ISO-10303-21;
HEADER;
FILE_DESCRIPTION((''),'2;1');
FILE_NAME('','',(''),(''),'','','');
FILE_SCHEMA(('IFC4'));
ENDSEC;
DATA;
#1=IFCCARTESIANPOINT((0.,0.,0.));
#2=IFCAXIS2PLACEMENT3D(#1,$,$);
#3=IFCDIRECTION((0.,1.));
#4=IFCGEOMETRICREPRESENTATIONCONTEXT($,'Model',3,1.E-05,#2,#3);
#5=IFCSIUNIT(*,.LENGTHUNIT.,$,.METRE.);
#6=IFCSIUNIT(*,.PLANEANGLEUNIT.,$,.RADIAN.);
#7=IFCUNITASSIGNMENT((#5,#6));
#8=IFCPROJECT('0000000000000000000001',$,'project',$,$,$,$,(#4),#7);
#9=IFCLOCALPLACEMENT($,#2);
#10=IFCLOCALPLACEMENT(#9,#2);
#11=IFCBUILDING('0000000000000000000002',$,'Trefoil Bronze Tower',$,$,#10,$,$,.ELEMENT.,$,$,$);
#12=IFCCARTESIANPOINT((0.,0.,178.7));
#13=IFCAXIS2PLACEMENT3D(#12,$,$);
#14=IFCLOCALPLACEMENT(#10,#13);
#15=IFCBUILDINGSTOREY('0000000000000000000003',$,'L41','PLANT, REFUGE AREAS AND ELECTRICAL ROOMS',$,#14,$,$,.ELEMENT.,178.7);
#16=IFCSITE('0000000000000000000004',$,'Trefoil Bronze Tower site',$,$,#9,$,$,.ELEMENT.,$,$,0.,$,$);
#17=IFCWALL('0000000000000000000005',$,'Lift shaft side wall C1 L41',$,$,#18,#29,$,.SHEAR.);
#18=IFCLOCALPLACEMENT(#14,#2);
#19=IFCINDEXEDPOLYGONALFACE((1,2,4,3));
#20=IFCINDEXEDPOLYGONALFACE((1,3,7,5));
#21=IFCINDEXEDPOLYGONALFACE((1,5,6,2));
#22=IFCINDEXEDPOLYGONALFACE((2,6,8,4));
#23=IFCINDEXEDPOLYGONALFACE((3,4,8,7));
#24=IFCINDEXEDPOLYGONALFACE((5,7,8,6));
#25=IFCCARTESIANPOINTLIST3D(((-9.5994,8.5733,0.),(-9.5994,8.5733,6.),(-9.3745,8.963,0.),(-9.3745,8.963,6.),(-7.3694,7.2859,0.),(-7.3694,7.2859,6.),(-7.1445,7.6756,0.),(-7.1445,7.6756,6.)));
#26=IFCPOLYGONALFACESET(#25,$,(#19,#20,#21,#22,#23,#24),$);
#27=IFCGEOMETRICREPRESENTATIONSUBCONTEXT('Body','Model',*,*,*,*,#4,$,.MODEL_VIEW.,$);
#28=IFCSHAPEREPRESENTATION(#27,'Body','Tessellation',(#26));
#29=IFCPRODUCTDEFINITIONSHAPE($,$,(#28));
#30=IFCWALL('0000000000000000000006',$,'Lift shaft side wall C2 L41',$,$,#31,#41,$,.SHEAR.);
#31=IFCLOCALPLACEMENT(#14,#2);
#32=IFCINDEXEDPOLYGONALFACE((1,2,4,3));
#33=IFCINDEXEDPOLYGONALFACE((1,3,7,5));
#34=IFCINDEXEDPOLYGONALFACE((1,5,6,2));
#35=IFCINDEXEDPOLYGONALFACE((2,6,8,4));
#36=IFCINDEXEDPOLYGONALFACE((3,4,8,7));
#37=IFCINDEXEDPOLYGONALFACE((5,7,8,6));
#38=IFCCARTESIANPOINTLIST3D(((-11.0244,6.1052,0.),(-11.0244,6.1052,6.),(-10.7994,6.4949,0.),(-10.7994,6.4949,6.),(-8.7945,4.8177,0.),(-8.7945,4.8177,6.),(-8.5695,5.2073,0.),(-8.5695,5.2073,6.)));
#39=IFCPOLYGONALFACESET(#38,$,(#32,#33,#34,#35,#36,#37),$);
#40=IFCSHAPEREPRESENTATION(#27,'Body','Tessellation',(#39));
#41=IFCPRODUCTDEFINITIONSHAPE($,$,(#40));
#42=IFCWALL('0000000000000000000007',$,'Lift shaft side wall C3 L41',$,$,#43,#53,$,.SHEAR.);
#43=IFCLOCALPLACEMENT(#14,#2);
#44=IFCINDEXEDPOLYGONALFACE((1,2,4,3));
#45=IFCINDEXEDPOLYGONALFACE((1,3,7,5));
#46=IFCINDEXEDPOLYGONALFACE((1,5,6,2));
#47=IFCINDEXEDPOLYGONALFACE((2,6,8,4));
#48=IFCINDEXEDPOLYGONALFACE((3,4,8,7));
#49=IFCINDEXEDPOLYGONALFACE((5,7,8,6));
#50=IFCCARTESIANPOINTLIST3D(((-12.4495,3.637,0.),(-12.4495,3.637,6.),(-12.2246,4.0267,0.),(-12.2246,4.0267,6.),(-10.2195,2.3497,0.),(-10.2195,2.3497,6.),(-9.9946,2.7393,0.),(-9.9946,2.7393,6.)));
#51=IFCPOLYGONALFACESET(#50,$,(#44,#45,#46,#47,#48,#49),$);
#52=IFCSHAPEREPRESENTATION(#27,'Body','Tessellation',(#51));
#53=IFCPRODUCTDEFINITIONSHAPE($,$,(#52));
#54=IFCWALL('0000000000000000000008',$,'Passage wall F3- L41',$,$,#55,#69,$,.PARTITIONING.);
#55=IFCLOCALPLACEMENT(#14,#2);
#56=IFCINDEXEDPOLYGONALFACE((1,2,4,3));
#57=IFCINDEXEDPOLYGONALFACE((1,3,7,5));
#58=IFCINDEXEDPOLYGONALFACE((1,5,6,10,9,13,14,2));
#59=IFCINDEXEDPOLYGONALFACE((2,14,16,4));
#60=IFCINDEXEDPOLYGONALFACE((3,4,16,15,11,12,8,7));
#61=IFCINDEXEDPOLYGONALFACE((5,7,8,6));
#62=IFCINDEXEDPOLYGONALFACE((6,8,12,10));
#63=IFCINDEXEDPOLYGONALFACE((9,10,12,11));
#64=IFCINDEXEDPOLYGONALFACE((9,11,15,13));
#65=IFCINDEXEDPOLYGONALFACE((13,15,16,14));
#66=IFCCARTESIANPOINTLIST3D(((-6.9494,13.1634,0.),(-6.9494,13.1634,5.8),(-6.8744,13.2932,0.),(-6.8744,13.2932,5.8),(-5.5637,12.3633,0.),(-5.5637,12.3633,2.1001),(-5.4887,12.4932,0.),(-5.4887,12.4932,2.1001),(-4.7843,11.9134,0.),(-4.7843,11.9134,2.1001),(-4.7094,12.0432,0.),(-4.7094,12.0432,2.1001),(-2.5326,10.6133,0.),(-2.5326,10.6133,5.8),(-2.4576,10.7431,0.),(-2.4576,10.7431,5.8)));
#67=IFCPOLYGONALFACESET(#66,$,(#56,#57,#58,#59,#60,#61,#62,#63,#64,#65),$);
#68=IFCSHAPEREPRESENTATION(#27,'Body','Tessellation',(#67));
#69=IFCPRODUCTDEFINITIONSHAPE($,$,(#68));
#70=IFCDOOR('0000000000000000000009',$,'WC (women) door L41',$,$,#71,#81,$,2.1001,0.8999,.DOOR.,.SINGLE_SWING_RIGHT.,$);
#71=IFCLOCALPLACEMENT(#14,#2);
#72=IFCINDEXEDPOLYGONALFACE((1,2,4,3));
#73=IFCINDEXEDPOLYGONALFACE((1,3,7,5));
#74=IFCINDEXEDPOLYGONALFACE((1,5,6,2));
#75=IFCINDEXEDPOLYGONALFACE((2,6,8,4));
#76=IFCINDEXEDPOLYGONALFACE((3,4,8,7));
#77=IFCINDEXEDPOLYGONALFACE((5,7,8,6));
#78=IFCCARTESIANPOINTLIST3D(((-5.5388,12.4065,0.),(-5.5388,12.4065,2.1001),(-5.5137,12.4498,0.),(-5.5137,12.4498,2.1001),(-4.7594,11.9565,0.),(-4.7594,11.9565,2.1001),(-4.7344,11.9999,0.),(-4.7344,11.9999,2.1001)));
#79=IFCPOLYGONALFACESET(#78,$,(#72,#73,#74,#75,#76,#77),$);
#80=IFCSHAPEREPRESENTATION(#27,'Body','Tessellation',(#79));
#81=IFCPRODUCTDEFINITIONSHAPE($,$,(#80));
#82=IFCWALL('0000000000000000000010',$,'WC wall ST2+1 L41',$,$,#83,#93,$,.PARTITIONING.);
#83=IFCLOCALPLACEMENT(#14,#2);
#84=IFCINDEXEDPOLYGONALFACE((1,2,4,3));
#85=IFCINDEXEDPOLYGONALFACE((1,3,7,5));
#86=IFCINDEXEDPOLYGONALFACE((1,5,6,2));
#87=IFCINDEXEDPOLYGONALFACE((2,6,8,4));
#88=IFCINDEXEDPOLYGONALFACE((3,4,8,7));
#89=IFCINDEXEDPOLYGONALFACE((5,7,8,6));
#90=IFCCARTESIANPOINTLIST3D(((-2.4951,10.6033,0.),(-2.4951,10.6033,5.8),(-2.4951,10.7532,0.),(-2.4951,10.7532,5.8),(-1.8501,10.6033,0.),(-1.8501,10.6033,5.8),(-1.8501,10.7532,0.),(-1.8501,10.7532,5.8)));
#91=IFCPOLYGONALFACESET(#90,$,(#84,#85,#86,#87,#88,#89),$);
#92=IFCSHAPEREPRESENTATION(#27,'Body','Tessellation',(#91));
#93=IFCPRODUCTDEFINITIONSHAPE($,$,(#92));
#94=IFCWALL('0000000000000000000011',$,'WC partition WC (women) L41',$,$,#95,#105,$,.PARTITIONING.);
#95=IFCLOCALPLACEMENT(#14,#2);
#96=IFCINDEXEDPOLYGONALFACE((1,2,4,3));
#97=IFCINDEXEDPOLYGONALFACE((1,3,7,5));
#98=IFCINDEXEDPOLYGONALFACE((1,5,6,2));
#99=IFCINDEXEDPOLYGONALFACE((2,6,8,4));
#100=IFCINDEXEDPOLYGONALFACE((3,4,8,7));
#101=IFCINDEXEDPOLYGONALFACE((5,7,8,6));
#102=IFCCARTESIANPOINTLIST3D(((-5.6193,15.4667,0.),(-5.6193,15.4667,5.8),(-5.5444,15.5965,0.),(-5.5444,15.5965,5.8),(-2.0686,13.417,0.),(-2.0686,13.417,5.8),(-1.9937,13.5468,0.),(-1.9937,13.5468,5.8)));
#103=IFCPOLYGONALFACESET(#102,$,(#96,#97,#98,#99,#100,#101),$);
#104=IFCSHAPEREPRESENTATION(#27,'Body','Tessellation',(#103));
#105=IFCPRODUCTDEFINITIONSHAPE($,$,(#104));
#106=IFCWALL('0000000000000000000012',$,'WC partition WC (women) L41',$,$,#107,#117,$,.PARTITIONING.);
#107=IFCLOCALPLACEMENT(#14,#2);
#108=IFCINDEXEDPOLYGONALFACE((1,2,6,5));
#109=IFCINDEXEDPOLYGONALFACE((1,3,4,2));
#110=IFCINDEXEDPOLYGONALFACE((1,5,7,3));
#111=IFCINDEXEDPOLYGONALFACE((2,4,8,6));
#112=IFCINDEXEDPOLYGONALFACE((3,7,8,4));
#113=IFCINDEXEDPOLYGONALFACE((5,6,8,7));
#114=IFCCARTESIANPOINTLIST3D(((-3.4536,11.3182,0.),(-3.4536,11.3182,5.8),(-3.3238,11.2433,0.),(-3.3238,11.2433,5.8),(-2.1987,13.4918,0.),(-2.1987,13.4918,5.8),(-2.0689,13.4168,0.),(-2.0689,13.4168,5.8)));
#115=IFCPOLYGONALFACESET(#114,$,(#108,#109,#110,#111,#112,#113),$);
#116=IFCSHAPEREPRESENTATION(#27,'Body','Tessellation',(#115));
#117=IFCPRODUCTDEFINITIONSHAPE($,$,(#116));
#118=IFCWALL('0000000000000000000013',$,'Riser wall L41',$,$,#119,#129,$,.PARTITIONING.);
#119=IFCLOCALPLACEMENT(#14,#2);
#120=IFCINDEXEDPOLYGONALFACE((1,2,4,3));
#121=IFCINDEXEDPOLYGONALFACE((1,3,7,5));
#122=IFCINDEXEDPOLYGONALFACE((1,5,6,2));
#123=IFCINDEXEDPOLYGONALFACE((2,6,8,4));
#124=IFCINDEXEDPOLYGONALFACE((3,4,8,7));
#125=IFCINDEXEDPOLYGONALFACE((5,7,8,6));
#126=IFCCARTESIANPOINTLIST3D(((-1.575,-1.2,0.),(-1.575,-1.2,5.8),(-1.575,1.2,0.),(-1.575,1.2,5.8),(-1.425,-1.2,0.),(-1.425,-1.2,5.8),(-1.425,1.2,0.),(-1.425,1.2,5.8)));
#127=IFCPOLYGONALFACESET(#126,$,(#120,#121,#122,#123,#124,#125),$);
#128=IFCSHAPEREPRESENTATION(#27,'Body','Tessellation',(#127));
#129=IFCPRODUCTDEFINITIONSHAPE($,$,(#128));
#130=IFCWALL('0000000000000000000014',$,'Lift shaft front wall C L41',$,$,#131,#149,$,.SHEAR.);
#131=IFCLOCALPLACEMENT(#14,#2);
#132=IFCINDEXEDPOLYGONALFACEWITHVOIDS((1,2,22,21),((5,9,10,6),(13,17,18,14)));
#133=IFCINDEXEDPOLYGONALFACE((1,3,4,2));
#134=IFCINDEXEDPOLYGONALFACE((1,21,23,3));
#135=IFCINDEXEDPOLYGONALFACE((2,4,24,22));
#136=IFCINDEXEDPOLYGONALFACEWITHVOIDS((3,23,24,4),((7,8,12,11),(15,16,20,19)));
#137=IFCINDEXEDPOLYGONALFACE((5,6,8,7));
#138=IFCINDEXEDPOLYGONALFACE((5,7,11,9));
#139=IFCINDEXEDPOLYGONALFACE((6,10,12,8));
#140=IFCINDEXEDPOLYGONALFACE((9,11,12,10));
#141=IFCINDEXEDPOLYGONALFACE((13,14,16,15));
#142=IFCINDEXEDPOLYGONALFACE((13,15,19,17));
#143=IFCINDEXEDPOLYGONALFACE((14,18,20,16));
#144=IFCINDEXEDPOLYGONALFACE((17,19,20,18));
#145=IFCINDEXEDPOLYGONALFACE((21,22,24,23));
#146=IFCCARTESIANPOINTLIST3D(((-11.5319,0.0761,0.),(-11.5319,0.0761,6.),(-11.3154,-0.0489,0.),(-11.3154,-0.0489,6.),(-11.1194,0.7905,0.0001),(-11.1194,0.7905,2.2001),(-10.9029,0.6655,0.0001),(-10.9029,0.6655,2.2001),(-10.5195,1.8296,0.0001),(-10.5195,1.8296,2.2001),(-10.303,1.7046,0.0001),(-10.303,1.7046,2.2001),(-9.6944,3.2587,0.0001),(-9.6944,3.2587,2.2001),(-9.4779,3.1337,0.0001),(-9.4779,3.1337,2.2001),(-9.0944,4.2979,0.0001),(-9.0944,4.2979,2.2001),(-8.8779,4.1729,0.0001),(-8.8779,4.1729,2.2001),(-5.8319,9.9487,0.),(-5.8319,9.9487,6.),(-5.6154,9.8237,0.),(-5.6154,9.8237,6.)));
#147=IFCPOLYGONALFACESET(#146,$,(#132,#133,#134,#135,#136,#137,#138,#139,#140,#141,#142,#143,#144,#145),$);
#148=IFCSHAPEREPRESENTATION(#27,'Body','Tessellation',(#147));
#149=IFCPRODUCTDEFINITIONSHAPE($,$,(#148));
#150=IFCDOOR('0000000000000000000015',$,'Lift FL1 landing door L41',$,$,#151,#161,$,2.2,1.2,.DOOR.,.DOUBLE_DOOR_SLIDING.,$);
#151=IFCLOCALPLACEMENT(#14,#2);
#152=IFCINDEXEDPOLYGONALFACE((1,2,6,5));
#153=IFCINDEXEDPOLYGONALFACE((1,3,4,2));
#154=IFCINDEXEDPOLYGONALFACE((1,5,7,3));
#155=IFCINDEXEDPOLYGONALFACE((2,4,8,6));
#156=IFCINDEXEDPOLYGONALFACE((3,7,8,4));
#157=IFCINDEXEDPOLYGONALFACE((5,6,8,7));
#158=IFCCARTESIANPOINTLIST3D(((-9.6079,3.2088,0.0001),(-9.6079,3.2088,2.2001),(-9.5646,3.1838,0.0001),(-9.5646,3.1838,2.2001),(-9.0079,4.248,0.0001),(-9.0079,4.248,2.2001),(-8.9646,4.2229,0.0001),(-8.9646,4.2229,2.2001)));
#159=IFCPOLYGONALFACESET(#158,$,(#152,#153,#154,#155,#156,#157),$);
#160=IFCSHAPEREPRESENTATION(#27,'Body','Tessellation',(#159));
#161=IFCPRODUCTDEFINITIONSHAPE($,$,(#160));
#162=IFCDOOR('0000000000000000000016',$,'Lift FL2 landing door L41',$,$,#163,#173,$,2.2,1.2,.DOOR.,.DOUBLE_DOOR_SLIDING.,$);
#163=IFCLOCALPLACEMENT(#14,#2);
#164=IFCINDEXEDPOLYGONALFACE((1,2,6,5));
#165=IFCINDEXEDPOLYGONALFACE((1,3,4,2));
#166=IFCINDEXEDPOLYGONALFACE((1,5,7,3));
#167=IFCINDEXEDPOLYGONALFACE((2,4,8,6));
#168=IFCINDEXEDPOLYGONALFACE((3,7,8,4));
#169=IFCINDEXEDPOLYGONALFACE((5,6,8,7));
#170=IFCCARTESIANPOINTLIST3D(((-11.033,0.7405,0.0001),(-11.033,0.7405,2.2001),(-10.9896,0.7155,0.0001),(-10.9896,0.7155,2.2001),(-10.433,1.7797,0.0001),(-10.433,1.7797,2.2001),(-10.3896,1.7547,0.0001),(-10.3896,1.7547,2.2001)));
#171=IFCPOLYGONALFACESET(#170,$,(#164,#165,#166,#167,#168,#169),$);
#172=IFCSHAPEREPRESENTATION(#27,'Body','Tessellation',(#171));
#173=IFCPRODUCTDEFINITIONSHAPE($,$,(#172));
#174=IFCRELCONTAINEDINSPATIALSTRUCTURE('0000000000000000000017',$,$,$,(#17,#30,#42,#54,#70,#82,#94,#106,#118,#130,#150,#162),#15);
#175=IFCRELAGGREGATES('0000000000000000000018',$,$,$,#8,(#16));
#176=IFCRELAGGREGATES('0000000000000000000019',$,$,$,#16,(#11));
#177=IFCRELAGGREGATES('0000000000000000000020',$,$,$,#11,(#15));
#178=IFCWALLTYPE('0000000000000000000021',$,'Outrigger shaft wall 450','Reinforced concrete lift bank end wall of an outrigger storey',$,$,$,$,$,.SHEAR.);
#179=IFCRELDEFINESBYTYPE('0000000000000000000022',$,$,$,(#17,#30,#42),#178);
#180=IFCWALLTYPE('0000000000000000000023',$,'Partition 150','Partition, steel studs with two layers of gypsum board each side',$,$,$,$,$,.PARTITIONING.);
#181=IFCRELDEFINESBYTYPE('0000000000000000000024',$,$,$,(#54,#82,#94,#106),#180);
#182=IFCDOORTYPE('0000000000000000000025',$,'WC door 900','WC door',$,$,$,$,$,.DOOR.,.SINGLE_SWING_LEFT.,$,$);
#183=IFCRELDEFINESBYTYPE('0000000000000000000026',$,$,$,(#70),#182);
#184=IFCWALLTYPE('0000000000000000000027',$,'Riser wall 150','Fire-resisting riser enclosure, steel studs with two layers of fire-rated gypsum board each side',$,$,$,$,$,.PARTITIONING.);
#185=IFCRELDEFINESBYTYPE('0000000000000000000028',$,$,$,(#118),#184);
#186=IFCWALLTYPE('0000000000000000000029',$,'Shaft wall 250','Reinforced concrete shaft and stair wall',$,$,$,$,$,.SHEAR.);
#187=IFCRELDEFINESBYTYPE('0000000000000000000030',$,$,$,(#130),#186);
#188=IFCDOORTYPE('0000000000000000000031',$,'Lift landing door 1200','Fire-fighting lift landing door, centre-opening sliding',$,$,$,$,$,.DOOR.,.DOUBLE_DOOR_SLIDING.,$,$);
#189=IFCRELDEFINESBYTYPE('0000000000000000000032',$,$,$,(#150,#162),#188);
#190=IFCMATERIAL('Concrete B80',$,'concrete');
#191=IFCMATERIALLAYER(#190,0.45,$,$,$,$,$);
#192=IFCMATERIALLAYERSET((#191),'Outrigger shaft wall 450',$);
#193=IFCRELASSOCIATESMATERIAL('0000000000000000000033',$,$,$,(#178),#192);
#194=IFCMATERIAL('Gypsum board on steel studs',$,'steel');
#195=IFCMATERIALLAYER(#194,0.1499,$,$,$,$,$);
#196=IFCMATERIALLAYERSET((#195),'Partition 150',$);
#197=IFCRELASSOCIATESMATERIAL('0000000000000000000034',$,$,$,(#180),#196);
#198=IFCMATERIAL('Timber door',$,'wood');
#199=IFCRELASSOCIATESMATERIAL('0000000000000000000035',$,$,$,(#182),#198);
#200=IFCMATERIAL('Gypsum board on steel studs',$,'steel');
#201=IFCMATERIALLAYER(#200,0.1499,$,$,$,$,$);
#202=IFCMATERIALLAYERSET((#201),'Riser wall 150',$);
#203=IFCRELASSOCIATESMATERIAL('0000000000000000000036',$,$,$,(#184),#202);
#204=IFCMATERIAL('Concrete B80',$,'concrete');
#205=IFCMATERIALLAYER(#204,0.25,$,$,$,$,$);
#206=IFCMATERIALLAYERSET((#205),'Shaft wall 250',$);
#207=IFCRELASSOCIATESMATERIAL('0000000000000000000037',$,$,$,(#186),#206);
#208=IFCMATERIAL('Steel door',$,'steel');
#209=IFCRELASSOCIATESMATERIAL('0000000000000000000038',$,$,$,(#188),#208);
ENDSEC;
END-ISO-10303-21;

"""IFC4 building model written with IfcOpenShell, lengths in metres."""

from ifc_helpers import new_model, si_unit, direction, frame, frame_2d, origin, place, context, subcontext, project, spatial, rectangle, extrude, material, layer, layer_set, type_object, element, fill, save


model = new_model("IFC4")

# Units and contexts
model_context = context("Model", 3, precision=1e-05, world=origin(), true_north=direction((0.0, 1.0)))
body_context = subcontext(model_context, "Body", "Model", "MODEL_VIEW")
ifc_project = project(units=[si_unit("LENGTHUNIT", "METRE"), si_unit("PLANEANGLEUNIT", "RADIAN")], contexts=[model_context])

# Site, building, storey
site_placement = place(None, origin())
site = spatial("IfcSite", under=ifc_project, at=site_placement, Name="Trefoil Bronze Tower site", CompositionType="ELEMENT", RefElevation=0.0)
building_placement = place(site_placement, origin())
building = spatial("IfcBuilding", under=site, at=building_placement, Name="Trefoil Bronze Tower", CompositionType="ELEMENT")
storey_placement = place(building_placement, frame((0.0, 0.0, 178.7)))
storey = spatial("IfcBuildingStorey", under=building, at=storey_placement, Name="L41", Description="PLANT, REFUGE AREAS AND ELECTRICAL ROOMS", CompositionType="ELEMENT", Elevation=178.7)

# Walls
ifc_material_1 = material(Name="Concrete B80", Category="concrete")
ifc_layer_1 = layer(ifc_material_1, 0.45)
ifc_layer_set_1 = layer_set([ifc_layer_1], Name="Outrigger shaft wall 450")
wall_type_1 = type_object("IfcWallType", Name="Outrigger shaft wall 450", Description="Reinforced concrete lift bank end wall of an outrigger storey", PredefinedType="SHEAR", material=ifc_layer_set_1)
for number, where, z_axis, x_axis, name in (
    (1, (-7.2568, 7.4807, 0.0), (0.0, 0.0, 1.0), (-0.866047, 0.499963, 0.0), "Lift shaft side wall C1 L41"),
    (2, (-8.6819, 5.0125, 0.0), (0.0, 0.0, 1.0), (-0.866006, 0.500034, 0.0), "Lift shaft side wall C2 L41"),
    (3, (-10.1069, 2.5444, 0.0), (0.0, 0.0, 1.0), (-0.866047, 0.499963, 0.0), "Lift shaft side wall C3 L41"),
):
    element("IfcWall", number, at=place(storey_placement, frame(where, z_axis=z_axis, x_axis=x_axis)), inside=storey, type_object=wall_type_1, Name=name, PredefinedType="SHEAR", context=body_context, shape_type="SweptSolid", body=[
        extrude(rectangle(XDim=2.575, YDim=0.45, at=frame_2d((1.2876, 0.0))), origin(), (0.0, 0.0, 1.0), 6.0),
    ])

# Wall, opening, door
ifc_material_2 = material(Name="Gypsum board on steel studs", Category="steel")
ifc_layer_2 = layer(ifc_material_2, 0.1499)
ifc_layer_set_2 = layer_set([ifc_layer_2], Name="Partition 150")
wall_type_2 = type_object("IfcWallType", Name="Partition 150", Description="Partition, steel studs with two layers of gypsum board each side", PredefinedType="PARTITIONING", material=ifc_layer_set_2)
wall_1_placement = place(storey_placement, frame((-2.4951, 10.6782, 0.0), z_axis=(0.0, 0.0, 1.0), x_axis=(-0.866022, 0.500006, 0.0)))
wall_1 = element("IfcWall", 4, at=wall_1_placement, inside=storey, type_object=wall_type_2, Name="Passage wall F3- L41", PredefinedType="PARTITIONING", context=body_context, shape_type="SweptSolid", body=[
    extrude(rectangle(XDim=5.1001, YDim=0.1499, at=frame_2d((2.55, 0.0))), origin(), (0.0, 0.0, 1.0), 5.8),
])
opening_1_placement = place(wall_1_placement, frame((2.6001, 0.0, 0.0)))
opening_1 = element("IfcOpeningElement", 5, at=opening_1_placement, cuts=wall_1, PredefinedType="OPENING", context=body_context, shape_type="SweptSolid", body=[
    extrude(rectangle(XDim=0.8999, YDim=2.1001, at=frame_2d((0.45, 1.05))), frame((0.0, 0.085, 0.0), z_axis=(0.0, -1.0, 0.0), x_axis=(1.0, 0.0, 0.0)), (0.0, 0.0, 1.0), 0.1699),
])
ifc_material_3 = material(Name="Timber door", Category="wood")
door_type_1 = type_object("IfcDoorType", Name="WC door 900", Description="WC door", OperationType="SINGLE_SWING_LEFT", PredefinedType="DOOR", material=ifc_material_3)
door_1_placement = place(opening_1_placement, frame((0.8999, 0.0, 0.0), z_axis=(0.0, 0.0, 1.0), x_axis=(-1.0, 0.0, 0.0)))
door_1 = element("IfcDoor", 6, at=door_1_placement, inside=storey, type_object=door_type_1, Name="WC (women) door L41", OperationType="SINGLE_SWING_RIGHT", OverallHeight=2.1001, OverallWidth=0.8999, PredefinedType="DOOR", context=body_context, shape_type="SweptSolid", body=[
    extrude(rectangle(XDim=0.8999, YDim=2.1001, at=frame_2d((0.45, 1.05))), frame((0.0, 0.0249, 0.0), z_axis=(0.0, -1.0, 0.0), x_axis=(1.0, 0.0, 0.0)), (0.0, 0.0, 1.0), 0.05),
])
fill(opening_1, door_1)

# Walls
wall_2_placement = place(storey_placement, frame((-2.4951, 10.6782, 0.0), z_axis=(0.0, 0.0, 1.0), x_axis=(1.0, 0.0, 0.0)))
element("IfcWall", 7, at=wall_2_placement, inside=storey, type_object=wall_type_2, Name="WC wall ST2+1 L41", PredefinedType="PARTITIONING", context=body_context, shape_type="SweptSolid", body=[
    extrude(rectangle(XDim=0.645, YDim=0.1499, at=frame_2d((0.3225, 0.0))), origin(), (0.0, 0.0, 1.0), 5.8),
])
wall_3_placement = place(storey_placement, frame((-2.0312, 13.4819, 0.0), z_axis=(0.0, 0.0, 1.0), x_axis=(-0.866051, 0.499956, 0.0)))
element("IfcWall", 8, at=wall_3_placement, inside=storey, type_object=wall_type_2, Name="WC partition WC (women) L41", PredefinedType="PARTITIONING", context=body_context, shape_type="SweptSolid", body=[
    extrude(rectangle(XDim=4.0999, YDim=0.1499, at=frame_2d((2.0498, 0.0))), origin(), (0.0, 0.0, 1.0), 5.8),
])
wall_4_placement = place(storey_placement, frame((-3.3887, 11.2808, 0.0), z_axis=(0.0, 0.0, 1.0), x_axis=(0.499989, 0.866032, 0.0)))
element("IfcWall", 9, at=wall_4_placement, inside=storey, type_object=wall_type_2, Name="WC partition WC (women) L41", PredefinedType="PARTITIONING", context=body_context, shape_type="SweptSolid", body=[
    extrude(rectangle(XDim=2.5098, YDim=0.1499, at=frame_2d((1.2549, 0.0))), origin(), (0.0, 0.0, 1.0), 5.8),
])
ifc_material_4 = material(Name="Gypsum board on steel studs", Category="steel")
ifc_layer_3 = layer(ifc_material_4, 0.1499)
ifc_layer_set_3 = layer_set([ifc_layer_3], Name="Riser wall 150")
wall_type_3 = type_object("IfcWallType", Name="Riser wall 150", Description="Fire-resisting riser enclosure, steel studs with two layers of fire-rated gypsum board each side", PredefinedType="PARTITIONING", material=ifc_layer_set_3)
wall_5_placement = place(storey_placement, frame((-1.5, 1.2, 0.0), z_axis=(0.0, 0.0, 1.0), x_axis=(0.0, -1.0, 0.0)))
element("IfcWall", 10, at=wall_5_placement, inside=storey, type_object=wall_type_3, Name="Riser wall L41", PredefinedType="PARTITIONING", context=body_context, shape_type="SweptSolid", body=[
    extrude(rectangle(XDim=2.3999, YDim=0.1499, at=frame_2d((1.2, 0.0))), origin(), (0.0, 0.0, 1.0), 5.8),
])

# Wall, openings, doors
ifc_material_5 = material(Name="Concrete B80", Category="concrete")
ifc_layer_4 = layer(ifc_material_5, 0.25)
ifc_layer_set_4 = layer_set([ifc_layer_4], Name="Shaft wall 250")
wall_type_4 = type_object("IfcWallType", Name="Shaft wall 250", Description="Reinforced concrete shaft and stair wall", PredefinedType="SHEAR", material=ifc_layer_set_4)
wall_6_placement = place(storey_placement, frame((-5.7236, 9.8862, 0.0), z_axis=(0.0, 0.0, 1.0), x_axis=(-0.500002, -0.866024, 0.0)))
wall_6 = element("IfcWall", 11, at=wall_6_placement, inside=storey, type_object=wall_type_4, Name="Lift shaft front wall C L41", PredefinedType="SHEAR", context=body_context, shape_type="SweptSolid", body=[
    extrude(rectangle(XDim=11.3999, YDim=0.25, at=frame_2d((5.7, 0.0))), origin(), (0.0, 0.0, 1.0), 6.0),
])
opening_2_placement = place(wall_6_placement, frame((6.5249, 0.0, 0.0)))
opening_2 = element("IfcOpeningElement", 12, at=opening_2_placement, cuts=wall_6, PredefinedType="OPENING", context=body_context, shape_type="SweptSolid", body=[
    extrude(rectangle(XDim=1.2, YDim=2.2, at=frame_2d((0.6001, 1.1001))), frame((0.0, 0.135, 0.0), z_axis=(0.0, -1.0, 0.0), x_axis=(1.0, 0.0, 0.0)), (0.0, 0.0, 1.0), 0.27),
])
opening_3_placement = place(wall_6_placement, frame((9.375, 0.0, 0.0)))
opening_3 = element("IfcOpeningElement", 13, at=opening_3_placement, cuts=wall_6, PredefinedType="OPENING", context=body_context, shape_type="SweptSolid", body=[
    extrude(rectangle(XDim=1.2, YDim=2.2, at=frame_2d((0.6001, 1.1001))), frame((0.0, 0.135, 0.0), z_axis=(0.0, -1.0, 0.0), x_axis=(1.0, 0.0, 0.0)), (0.0, 0.0, 1.0), 0.27),
])
ifc_material_6 = material(Name="Steel door", Category="steel")
door_type_2 = type_object("IfcDoorType", Name="Lift landing door 1200", Description="Fire-fighting lift landing door, centre-opening sliding", OperationType="DOUBLE_DOOR_SLIDING", PredefinedType="DOOR", material=ifc_material_6)
door_2_placement = place(opening_2_placement, origin())
door_2 = element("IfcDoor", 14, at=door_2_placement, inside=storey, type_object=door_type_2, Name="Lift FL1 landing door L41", OperationType="DOUBLE_DOOR_SLIDING", OverallHeight=2.2, OverallWidth=1.2, PredefinedType="DOOR", context=body_context, shape_type="SweptSolid", body=[
    extrude(rectangle(XDim=1.2, YDim=2.2, at=frame_2d((0.6001, 1.1001))), frame((0.0, 0.0249, 0.0), z_axis=(0.0, -1.0, 0.0), x_axis=(1.0, 0.0, 0.0)), (0.0, 0.0, 1.0), 0.05),
])
fill(opening_2, door_2)
door_3_placement = place(opening_3_placement, origin())
door_3 = element("IfcDoor", 15, at=door_3_placement, inside=storey, type_object=door_type_2, Name="Lift FL2 landing door L41", OperationType="DOUBLE_DOOR_SLIDING", OverallHeight=2.2, OverallWidth=1.2, PredefinedType="DOOR", context=body_context, shape_type="SweptSolid", body=[
    extrude(rectangle(XDim=1.2, YDim=2.2, at=frame_2d((0.6001, 1.1001))), frame((0.0, 0.0249, 0.0), z_axis=(0.0, -1.0, 0.0), x_axis=(1.0, 0.0, 0.0)), (0.0, 0.0, 1.0), 0.05),
])
fill(opening_3, door_3)

save(model, "model.ifc")
